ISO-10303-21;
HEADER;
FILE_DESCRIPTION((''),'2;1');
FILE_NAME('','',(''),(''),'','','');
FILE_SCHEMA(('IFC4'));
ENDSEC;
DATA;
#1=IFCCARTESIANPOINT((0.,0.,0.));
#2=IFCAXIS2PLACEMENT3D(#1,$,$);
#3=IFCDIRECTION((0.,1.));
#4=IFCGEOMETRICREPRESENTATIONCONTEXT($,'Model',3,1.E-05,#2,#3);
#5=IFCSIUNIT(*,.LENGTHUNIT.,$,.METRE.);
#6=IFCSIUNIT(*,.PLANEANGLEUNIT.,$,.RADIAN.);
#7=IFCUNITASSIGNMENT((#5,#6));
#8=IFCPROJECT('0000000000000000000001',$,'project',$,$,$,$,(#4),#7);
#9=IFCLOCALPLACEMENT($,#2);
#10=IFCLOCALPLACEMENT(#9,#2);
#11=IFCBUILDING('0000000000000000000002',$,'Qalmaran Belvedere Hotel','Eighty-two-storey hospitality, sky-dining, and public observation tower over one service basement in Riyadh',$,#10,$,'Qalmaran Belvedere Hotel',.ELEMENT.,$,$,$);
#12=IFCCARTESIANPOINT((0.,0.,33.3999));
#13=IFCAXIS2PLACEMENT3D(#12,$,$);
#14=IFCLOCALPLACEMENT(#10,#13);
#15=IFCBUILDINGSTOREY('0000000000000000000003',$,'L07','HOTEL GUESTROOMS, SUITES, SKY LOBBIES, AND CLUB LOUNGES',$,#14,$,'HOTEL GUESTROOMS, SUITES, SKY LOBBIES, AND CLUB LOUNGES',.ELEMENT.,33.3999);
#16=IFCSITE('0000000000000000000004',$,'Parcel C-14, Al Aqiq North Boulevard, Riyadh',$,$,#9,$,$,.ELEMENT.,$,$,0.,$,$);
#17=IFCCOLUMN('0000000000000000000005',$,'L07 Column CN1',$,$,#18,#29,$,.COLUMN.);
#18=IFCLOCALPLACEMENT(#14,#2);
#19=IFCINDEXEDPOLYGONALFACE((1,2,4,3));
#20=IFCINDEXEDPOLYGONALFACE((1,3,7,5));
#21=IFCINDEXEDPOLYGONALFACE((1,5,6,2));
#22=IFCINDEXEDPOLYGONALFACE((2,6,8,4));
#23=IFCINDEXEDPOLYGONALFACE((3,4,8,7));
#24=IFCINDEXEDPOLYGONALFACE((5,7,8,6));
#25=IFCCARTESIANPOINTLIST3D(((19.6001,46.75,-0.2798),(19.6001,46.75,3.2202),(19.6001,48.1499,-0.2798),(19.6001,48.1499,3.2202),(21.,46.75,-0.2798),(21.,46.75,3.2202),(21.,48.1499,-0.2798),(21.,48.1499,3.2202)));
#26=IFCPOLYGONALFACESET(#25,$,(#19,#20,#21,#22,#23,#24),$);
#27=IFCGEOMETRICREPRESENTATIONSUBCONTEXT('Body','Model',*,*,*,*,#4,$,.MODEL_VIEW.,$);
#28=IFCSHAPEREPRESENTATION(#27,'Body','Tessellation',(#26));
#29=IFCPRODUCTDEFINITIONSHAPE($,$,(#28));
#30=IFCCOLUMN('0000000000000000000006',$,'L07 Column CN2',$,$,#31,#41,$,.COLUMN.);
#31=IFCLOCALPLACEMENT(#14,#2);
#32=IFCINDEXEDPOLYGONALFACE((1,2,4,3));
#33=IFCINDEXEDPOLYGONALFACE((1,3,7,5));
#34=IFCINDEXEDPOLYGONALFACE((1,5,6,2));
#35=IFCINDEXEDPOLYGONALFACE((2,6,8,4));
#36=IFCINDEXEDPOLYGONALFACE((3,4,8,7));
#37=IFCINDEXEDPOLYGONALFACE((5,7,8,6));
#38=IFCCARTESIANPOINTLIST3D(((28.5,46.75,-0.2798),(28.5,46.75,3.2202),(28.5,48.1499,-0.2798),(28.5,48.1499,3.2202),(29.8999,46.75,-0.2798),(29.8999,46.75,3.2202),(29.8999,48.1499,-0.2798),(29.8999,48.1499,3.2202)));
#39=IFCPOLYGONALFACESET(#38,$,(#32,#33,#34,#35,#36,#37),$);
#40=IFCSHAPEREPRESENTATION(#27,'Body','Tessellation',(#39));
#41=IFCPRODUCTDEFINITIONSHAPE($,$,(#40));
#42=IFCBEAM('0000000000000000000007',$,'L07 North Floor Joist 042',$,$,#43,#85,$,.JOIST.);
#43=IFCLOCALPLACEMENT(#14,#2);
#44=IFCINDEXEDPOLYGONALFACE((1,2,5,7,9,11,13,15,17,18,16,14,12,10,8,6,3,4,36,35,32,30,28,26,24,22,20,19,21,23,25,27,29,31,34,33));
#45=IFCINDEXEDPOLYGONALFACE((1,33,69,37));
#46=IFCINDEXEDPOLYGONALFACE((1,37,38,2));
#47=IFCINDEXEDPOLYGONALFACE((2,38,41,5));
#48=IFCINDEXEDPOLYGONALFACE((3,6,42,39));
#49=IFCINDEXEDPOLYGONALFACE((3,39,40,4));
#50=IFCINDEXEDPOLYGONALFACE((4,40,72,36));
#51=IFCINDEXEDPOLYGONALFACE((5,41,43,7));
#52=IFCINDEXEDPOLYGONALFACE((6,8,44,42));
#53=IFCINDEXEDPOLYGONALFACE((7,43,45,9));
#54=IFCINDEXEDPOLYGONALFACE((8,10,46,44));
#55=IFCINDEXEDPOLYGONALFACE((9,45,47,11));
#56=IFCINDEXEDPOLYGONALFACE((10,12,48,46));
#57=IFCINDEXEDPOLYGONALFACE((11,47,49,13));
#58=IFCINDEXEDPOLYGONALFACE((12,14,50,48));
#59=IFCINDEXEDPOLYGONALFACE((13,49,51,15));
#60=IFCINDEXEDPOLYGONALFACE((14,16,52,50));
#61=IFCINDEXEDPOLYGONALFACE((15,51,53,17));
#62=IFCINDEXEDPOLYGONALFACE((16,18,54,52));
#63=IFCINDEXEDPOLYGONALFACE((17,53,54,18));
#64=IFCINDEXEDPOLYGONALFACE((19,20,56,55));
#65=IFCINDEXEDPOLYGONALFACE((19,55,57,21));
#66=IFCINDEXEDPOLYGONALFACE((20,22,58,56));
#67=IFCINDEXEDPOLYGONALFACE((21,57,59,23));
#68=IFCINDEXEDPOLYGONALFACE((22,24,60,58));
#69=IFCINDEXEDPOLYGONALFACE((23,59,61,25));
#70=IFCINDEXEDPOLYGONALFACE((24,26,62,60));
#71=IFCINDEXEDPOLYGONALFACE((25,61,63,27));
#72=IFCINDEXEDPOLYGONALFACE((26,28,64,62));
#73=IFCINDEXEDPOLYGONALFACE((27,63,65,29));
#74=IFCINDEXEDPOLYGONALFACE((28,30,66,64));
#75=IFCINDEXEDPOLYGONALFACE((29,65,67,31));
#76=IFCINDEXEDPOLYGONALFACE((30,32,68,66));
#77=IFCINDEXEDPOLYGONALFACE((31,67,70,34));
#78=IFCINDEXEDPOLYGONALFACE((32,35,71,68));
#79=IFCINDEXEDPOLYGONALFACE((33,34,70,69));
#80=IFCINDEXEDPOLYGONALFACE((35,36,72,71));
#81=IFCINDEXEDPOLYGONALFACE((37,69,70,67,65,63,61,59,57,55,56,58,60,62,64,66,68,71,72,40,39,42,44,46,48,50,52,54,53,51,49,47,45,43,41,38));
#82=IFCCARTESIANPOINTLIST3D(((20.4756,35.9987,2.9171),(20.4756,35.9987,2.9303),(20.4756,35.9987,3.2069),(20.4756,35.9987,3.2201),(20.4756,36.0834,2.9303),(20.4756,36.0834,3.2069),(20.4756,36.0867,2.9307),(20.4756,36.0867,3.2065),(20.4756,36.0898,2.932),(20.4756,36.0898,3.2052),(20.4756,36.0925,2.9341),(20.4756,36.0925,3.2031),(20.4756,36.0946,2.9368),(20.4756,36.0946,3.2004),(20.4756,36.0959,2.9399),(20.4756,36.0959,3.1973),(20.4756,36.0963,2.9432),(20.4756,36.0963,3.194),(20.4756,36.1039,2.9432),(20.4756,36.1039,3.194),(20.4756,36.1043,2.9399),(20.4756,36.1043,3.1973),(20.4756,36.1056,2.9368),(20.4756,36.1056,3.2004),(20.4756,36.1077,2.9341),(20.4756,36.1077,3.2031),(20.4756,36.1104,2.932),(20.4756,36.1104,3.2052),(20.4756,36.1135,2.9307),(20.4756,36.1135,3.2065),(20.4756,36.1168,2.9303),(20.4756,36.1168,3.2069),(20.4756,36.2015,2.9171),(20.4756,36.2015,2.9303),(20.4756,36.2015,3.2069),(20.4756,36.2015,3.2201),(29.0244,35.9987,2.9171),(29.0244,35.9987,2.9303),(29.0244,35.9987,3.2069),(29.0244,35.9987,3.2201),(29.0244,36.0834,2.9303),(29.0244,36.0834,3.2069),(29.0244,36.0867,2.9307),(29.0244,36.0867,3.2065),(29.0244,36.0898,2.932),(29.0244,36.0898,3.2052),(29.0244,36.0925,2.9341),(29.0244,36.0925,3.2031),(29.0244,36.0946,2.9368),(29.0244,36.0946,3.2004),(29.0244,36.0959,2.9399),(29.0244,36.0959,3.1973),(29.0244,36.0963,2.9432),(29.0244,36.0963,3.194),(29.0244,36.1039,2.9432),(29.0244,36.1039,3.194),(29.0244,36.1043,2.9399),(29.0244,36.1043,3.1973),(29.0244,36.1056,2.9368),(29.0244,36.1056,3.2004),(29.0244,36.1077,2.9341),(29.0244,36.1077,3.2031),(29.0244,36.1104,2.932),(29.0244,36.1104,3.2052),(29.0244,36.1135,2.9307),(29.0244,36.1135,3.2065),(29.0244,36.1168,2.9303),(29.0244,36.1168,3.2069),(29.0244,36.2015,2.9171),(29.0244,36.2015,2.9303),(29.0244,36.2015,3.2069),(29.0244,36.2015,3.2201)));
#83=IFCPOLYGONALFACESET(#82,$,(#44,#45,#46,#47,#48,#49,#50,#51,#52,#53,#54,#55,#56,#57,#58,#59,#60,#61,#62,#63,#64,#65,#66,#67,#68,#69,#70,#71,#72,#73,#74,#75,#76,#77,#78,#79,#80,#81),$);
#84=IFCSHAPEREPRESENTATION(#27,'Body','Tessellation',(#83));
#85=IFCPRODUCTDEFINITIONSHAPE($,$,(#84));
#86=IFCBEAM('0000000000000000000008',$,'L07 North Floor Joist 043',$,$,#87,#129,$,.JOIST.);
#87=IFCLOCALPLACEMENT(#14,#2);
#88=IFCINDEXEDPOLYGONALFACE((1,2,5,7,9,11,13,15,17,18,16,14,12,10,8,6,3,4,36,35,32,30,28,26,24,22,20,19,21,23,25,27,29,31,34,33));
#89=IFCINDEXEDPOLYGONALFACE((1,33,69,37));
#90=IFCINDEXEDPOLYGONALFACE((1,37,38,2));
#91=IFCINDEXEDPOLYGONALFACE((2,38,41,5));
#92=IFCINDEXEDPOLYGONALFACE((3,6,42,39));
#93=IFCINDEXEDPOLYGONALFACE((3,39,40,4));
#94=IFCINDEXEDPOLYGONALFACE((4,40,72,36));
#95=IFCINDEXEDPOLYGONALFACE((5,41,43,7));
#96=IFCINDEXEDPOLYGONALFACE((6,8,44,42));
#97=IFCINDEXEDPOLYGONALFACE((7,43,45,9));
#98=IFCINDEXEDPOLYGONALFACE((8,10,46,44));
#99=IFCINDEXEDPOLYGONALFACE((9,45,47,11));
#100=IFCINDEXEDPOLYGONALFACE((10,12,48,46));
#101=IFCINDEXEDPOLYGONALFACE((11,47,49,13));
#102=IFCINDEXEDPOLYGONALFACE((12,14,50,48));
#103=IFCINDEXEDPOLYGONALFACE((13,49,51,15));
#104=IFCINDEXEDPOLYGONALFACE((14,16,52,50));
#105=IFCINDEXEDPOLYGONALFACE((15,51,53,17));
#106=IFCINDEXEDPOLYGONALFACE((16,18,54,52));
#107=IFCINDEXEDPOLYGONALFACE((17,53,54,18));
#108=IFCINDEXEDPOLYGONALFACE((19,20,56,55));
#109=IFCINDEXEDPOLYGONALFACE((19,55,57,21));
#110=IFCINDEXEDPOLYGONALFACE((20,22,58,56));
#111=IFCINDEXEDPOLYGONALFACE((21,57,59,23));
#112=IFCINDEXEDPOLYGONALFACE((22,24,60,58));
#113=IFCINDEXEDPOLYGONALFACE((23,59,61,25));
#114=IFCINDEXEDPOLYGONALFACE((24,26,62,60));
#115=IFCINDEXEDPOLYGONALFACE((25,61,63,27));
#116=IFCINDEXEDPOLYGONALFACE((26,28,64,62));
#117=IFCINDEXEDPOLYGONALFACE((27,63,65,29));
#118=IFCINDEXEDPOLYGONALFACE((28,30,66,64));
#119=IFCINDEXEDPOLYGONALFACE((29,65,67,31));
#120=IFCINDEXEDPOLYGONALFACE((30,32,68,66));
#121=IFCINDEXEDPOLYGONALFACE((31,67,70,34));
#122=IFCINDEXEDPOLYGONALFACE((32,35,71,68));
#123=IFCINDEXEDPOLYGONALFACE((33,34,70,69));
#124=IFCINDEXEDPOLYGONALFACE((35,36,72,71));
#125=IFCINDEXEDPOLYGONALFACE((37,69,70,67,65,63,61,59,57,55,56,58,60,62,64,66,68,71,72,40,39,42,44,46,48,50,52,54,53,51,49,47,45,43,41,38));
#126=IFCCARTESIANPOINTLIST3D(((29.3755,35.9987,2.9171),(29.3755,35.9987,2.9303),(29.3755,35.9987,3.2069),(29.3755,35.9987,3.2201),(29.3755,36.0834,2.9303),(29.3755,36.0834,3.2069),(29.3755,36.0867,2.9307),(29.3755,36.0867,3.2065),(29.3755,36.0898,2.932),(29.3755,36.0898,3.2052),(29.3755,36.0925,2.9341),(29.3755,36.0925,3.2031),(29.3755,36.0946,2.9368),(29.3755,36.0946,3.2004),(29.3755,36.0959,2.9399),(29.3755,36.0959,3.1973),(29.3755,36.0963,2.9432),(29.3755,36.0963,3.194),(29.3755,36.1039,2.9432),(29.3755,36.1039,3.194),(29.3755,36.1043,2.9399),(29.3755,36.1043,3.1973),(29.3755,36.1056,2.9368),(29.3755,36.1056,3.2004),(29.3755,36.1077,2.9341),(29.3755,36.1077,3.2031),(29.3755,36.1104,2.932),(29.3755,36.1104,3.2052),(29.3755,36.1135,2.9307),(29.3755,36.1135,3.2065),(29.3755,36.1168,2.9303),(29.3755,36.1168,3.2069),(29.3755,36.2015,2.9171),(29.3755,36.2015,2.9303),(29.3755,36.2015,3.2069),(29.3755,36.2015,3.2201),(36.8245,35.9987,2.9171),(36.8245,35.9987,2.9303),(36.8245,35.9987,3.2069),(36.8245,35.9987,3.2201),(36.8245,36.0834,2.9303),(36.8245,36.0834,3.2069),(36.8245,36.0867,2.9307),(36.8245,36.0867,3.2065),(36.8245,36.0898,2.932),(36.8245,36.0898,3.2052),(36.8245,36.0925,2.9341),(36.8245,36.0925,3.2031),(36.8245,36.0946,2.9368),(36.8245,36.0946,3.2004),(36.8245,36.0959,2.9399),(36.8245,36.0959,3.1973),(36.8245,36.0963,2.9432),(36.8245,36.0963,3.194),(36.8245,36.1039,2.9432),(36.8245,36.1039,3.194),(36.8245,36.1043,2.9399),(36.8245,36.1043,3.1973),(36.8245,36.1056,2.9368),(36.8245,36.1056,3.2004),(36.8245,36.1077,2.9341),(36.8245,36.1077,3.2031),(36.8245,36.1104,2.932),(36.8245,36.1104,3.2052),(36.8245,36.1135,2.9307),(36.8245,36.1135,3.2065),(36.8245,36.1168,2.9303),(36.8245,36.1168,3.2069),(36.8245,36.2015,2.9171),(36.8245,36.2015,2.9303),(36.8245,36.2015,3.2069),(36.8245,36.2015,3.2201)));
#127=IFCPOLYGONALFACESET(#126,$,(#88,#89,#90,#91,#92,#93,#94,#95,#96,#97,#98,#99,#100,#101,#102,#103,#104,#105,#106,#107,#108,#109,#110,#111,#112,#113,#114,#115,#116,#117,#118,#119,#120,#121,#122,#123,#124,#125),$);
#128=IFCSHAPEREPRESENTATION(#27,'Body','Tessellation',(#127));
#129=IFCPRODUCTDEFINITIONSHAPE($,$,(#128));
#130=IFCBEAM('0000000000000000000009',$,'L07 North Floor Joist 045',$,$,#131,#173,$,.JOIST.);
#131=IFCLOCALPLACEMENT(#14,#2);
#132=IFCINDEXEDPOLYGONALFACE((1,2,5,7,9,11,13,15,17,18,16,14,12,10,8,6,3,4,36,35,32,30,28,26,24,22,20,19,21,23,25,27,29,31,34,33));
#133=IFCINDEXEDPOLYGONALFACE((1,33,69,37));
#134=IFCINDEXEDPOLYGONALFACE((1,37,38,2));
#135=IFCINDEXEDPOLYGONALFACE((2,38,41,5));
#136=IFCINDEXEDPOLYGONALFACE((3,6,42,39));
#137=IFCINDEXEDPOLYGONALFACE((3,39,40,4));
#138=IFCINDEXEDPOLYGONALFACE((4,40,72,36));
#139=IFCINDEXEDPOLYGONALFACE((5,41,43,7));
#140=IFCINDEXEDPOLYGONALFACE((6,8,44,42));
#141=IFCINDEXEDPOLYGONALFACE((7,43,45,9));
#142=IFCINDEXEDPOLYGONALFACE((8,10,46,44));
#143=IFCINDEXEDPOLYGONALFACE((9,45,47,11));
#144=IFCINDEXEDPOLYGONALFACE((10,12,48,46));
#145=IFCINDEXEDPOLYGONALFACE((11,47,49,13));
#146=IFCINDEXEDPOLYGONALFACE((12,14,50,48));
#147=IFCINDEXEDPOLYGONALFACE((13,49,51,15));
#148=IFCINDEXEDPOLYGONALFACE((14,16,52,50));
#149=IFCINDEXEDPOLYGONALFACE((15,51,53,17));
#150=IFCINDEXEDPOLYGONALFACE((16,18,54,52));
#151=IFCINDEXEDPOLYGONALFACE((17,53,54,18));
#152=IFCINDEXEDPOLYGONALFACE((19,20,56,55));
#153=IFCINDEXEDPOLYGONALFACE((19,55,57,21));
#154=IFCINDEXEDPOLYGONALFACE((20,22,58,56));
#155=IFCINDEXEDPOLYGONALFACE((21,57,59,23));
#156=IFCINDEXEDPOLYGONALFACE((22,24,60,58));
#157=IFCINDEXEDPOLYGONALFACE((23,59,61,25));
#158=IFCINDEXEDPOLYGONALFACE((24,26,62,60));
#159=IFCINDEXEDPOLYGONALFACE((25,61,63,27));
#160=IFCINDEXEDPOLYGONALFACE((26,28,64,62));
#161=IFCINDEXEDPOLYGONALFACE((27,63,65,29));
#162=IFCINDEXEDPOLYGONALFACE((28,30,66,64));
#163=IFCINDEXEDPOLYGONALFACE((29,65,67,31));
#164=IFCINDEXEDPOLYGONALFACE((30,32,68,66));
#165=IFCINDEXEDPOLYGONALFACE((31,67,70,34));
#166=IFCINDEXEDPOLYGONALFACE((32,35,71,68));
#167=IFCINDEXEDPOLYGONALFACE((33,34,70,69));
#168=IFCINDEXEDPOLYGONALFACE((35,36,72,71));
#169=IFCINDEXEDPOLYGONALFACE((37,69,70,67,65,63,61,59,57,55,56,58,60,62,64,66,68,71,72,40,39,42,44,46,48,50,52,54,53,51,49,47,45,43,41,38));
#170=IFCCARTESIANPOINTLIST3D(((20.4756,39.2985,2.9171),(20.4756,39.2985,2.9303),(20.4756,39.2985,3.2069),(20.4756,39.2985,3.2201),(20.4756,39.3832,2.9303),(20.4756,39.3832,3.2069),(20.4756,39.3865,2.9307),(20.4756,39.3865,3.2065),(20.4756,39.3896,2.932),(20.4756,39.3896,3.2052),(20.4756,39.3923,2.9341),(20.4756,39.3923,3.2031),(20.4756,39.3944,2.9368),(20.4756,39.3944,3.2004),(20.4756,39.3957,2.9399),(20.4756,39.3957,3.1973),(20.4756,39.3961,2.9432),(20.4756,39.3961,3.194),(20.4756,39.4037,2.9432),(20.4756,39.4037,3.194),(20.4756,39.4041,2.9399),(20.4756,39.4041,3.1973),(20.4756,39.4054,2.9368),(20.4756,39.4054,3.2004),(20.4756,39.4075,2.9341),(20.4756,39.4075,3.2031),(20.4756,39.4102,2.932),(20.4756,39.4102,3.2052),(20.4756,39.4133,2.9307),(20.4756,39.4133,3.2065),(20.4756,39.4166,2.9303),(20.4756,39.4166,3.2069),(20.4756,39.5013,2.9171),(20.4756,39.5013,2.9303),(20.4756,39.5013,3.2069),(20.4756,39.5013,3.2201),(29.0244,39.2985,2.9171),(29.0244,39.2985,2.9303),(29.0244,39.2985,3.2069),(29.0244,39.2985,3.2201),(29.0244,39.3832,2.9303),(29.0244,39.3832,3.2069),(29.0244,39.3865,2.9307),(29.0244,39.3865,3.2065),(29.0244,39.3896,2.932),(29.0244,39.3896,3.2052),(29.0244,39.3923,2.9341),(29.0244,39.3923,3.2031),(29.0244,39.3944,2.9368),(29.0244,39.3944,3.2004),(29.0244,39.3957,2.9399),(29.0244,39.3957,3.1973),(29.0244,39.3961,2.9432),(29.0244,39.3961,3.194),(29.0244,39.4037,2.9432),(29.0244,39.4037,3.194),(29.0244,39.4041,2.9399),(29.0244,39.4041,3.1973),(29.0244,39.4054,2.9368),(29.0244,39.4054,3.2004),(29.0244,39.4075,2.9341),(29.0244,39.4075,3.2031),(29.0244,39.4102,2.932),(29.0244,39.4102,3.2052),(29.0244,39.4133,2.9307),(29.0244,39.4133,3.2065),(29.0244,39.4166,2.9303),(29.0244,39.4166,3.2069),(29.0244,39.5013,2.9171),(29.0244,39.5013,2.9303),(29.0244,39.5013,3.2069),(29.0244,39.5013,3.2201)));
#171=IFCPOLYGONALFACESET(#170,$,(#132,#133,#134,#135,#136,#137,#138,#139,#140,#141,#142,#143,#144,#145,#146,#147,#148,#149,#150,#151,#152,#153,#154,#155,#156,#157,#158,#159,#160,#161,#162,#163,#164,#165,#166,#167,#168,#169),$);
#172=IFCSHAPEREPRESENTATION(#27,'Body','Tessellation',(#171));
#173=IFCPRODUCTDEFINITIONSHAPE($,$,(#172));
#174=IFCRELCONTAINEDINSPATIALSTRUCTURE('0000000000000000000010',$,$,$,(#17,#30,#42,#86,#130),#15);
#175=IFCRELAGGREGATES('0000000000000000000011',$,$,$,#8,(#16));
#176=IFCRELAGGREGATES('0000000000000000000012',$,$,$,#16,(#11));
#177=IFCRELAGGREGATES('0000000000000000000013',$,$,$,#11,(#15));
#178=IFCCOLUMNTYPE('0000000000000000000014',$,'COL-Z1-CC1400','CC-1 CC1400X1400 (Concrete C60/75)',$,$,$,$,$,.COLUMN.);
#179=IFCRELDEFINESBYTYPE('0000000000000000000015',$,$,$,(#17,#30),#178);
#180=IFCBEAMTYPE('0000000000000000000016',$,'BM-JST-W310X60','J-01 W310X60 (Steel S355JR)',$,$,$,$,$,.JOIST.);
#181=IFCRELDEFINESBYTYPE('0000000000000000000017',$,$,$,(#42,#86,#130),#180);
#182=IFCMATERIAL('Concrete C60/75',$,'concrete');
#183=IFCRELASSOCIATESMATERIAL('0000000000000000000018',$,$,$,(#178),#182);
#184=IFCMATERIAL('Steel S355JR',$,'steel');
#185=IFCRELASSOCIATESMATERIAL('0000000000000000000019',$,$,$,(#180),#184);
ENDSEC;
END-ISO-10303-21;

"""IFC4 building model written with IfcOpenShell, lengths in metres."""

from ifc_helpers import new_model, si_unit, direction, frame, origin, origin_2d, place, context, subcontext, project, spatial, rectangle, i_section, extrude, material, material_profile, profile_set, type_object, element, save


model = new_model("IFC4")

# Units and contexts
model_context = context("Model", 3, precision=1e-05, world=origin(), true_north=direction((0.0, 1.0)))
body_context = subcontext(model_context, "Body", "Model", "MODEL_VIEW")
ifc_project = project(units=[si_unit("LENGTHUNIT", "METRE"), si_unit("PLANEANGLEUNIT", "RADIAN")], contexts=[model_context])

# Site, building, storey
site_placement = place(None, origin())
site = spatial("IfcSite", under=ifc_project, at=site_placement, Name="Parcel C-14, Al Aqiq North Boulevard, Riyadh", CompositionType="ELEMENT", RefElevation=0.0)
building_placement = place(site_placement, origin())
building = spatial("IfcBuilding", under=site, at=building_placement, Name="Qalmaran Belvedere Hotel", Description="Eighty-two-storey hospitality, sky-dining, and public observation tower over one service basement in Riyadh", LongName="Qalmaran Belvedere Hotel", CompositionType="ELEMENT")
storey_placement = place(building_placement, frame((0.0, 0.0, 33.3999)))
storey = spatial("IfcBuildingStorey", under=building, at=storey_placement, Name="L07", Description="HOTEL GUESTROOMS, SUITES, SKY LOBBIES, AND CLUB LOUNGES", LongName="HOTEL GUESTROOMS, SUITES, SKY LOBBIES, AND CLUB LOUNGES", CompositionType="ELEMENT", Elevation=33.3999)

# Columns
ifc_material_1 = material(Name="Concrete C60/75", Category="concrete")
ifc_material_profile_1 = material_profile(ifc_material_1, rectangle(XDim=1.3999, YDim=1.3999, at=origin_2d()), Name="CC1400X1400")
ifc_profile_set_1 = profile_set([ifc_material_profile_1], Name="Concrete C60/75")
column_type = type_object("IfcColumnType", Name="COL-Z1-CC1400", Description="CC-1 CC1400X1400 (Concrete C60/75)", PredefinedType="COLUMN", material=ifc_profile_set_1)
for number, where, z_axis, x_axis, name in (
    (1, (20.3, 47.45, -0.2798), (0.0, 0.0, 1.0), (1.0, 0.0, 0.0), "L07 Column CN1"),
    (2, (29.2, 47.45, -0.2798), (0.0, 0.0, 1.0), (1.0, 0.0, 0.0), "L07 Column CN2"),
):
    element("IfcColumn", number, at=place(storey_placement, frame(where, z_axis=z_axis, x_axis=x_axis)), inside=storey, type_object=column_type, Name=name, PredefinedType="COLUMN", context=body_context, shape_type="SweptSolid", body=[
        extrude(rectangle(XDim=1.3999, YDim=1.3999, at=origin_2d()), origin(), (0.0, 0.0, 1.0), 3.5),
    ])

# Beams
ifc_material_2 = material(Name="Steel S355JR", Category="steel")
ifc_material_profile_2 = material_profile(ifc_material_2, i_section(OverallWidth=0.2029, OverallDepth=0.303, WebThickness=0.0076, FlangeThickness=0.0132, FilletRadius=0.0129, at=origin_2d()), Name="W310X60")
ifc_profile_set_2 = profile_set([ifc_material_profile_2], Name="Steel S355JR")
beam_type_1 = type_object("IfcBeamType", Name="BM-JST-W310X60", Description="J-01 W310X60 (Steel S355JR)", PredefinedType="JOIST", material=ifc_profile_set_2)
beam_1_placement = place(storey_placement, frame((20.4756, 36.1001, 3.0686), z_axis=(1.0, 0.0, 0.0), x_axis=(0.0, 1.0, 0.0)))
element("IfcBeam", 3, at=beam_1_placement, inside=storey, type_object=beam_type_1, Name="L07 North Floor Joist 042", PredefinedType="JOIST", context=body_context, shape_type="SweptSolid", body=[
    extrude(i_section(OverallWidth=0.2029, OverallDepth=0.303, WebThickness=0.0076, FlangeThickness=0.0132, FilletRadius=0.0129, at=origin_2d()), origin(), (0.0, 0.0, 1.0), 8.5488),
])
beam_2_placement = place(storey_placement, frame((29.3755, 36.1001, 3.0686), z_axis=(1.0, 0.0, 0.0), x_axis=(0.0, 1.0, 0.0)))
element("IfcBeam", 4, at=beam_2_placement, inside=storey, type_object=beam_type_1, Name="L07 North Floor Joist 043", PredefinedType="JOIST", context=body_context, shape_type="SweptSolid", body=[
    extrude(i_section(OverallWidth=0.2029, OverallDepth=0.303, WebThickness=0.0076, FlangeThickness=0.0132, FilletRadius=0.0129, at=origin_2d()), origin(), (0.0, 0.0, 1.0), 7.449),
])
for number, where, z_axis, x_axis, name in (
    (5, (20.4756, 39.3999, 3.0686), (1.0, 0.0, 0.0), (0.0, 1.0, 0.0), "L07 North Floor Joist 045"),
):
    element("IfcBeam", number, at=place(storey_placement, frame(where, z_axis=z_axis, x_axis=x_axis)), inside=storey, type_object=beam_type_1, Name=name, PredefinedType="JOIST", context=body_context, shape_type="SweptSolid", body=[
        extrude(i_section(OverallWidth=0.2029, OverallDepth=0.303, WebThickness=0.0076, FlangeThickness=0.0132, FilletRadius=0.0129, at=origin_2d()), origin(), (0.0, 0.0, 1.0), 8.5488),
    ])

save(model, "model.ifc")
